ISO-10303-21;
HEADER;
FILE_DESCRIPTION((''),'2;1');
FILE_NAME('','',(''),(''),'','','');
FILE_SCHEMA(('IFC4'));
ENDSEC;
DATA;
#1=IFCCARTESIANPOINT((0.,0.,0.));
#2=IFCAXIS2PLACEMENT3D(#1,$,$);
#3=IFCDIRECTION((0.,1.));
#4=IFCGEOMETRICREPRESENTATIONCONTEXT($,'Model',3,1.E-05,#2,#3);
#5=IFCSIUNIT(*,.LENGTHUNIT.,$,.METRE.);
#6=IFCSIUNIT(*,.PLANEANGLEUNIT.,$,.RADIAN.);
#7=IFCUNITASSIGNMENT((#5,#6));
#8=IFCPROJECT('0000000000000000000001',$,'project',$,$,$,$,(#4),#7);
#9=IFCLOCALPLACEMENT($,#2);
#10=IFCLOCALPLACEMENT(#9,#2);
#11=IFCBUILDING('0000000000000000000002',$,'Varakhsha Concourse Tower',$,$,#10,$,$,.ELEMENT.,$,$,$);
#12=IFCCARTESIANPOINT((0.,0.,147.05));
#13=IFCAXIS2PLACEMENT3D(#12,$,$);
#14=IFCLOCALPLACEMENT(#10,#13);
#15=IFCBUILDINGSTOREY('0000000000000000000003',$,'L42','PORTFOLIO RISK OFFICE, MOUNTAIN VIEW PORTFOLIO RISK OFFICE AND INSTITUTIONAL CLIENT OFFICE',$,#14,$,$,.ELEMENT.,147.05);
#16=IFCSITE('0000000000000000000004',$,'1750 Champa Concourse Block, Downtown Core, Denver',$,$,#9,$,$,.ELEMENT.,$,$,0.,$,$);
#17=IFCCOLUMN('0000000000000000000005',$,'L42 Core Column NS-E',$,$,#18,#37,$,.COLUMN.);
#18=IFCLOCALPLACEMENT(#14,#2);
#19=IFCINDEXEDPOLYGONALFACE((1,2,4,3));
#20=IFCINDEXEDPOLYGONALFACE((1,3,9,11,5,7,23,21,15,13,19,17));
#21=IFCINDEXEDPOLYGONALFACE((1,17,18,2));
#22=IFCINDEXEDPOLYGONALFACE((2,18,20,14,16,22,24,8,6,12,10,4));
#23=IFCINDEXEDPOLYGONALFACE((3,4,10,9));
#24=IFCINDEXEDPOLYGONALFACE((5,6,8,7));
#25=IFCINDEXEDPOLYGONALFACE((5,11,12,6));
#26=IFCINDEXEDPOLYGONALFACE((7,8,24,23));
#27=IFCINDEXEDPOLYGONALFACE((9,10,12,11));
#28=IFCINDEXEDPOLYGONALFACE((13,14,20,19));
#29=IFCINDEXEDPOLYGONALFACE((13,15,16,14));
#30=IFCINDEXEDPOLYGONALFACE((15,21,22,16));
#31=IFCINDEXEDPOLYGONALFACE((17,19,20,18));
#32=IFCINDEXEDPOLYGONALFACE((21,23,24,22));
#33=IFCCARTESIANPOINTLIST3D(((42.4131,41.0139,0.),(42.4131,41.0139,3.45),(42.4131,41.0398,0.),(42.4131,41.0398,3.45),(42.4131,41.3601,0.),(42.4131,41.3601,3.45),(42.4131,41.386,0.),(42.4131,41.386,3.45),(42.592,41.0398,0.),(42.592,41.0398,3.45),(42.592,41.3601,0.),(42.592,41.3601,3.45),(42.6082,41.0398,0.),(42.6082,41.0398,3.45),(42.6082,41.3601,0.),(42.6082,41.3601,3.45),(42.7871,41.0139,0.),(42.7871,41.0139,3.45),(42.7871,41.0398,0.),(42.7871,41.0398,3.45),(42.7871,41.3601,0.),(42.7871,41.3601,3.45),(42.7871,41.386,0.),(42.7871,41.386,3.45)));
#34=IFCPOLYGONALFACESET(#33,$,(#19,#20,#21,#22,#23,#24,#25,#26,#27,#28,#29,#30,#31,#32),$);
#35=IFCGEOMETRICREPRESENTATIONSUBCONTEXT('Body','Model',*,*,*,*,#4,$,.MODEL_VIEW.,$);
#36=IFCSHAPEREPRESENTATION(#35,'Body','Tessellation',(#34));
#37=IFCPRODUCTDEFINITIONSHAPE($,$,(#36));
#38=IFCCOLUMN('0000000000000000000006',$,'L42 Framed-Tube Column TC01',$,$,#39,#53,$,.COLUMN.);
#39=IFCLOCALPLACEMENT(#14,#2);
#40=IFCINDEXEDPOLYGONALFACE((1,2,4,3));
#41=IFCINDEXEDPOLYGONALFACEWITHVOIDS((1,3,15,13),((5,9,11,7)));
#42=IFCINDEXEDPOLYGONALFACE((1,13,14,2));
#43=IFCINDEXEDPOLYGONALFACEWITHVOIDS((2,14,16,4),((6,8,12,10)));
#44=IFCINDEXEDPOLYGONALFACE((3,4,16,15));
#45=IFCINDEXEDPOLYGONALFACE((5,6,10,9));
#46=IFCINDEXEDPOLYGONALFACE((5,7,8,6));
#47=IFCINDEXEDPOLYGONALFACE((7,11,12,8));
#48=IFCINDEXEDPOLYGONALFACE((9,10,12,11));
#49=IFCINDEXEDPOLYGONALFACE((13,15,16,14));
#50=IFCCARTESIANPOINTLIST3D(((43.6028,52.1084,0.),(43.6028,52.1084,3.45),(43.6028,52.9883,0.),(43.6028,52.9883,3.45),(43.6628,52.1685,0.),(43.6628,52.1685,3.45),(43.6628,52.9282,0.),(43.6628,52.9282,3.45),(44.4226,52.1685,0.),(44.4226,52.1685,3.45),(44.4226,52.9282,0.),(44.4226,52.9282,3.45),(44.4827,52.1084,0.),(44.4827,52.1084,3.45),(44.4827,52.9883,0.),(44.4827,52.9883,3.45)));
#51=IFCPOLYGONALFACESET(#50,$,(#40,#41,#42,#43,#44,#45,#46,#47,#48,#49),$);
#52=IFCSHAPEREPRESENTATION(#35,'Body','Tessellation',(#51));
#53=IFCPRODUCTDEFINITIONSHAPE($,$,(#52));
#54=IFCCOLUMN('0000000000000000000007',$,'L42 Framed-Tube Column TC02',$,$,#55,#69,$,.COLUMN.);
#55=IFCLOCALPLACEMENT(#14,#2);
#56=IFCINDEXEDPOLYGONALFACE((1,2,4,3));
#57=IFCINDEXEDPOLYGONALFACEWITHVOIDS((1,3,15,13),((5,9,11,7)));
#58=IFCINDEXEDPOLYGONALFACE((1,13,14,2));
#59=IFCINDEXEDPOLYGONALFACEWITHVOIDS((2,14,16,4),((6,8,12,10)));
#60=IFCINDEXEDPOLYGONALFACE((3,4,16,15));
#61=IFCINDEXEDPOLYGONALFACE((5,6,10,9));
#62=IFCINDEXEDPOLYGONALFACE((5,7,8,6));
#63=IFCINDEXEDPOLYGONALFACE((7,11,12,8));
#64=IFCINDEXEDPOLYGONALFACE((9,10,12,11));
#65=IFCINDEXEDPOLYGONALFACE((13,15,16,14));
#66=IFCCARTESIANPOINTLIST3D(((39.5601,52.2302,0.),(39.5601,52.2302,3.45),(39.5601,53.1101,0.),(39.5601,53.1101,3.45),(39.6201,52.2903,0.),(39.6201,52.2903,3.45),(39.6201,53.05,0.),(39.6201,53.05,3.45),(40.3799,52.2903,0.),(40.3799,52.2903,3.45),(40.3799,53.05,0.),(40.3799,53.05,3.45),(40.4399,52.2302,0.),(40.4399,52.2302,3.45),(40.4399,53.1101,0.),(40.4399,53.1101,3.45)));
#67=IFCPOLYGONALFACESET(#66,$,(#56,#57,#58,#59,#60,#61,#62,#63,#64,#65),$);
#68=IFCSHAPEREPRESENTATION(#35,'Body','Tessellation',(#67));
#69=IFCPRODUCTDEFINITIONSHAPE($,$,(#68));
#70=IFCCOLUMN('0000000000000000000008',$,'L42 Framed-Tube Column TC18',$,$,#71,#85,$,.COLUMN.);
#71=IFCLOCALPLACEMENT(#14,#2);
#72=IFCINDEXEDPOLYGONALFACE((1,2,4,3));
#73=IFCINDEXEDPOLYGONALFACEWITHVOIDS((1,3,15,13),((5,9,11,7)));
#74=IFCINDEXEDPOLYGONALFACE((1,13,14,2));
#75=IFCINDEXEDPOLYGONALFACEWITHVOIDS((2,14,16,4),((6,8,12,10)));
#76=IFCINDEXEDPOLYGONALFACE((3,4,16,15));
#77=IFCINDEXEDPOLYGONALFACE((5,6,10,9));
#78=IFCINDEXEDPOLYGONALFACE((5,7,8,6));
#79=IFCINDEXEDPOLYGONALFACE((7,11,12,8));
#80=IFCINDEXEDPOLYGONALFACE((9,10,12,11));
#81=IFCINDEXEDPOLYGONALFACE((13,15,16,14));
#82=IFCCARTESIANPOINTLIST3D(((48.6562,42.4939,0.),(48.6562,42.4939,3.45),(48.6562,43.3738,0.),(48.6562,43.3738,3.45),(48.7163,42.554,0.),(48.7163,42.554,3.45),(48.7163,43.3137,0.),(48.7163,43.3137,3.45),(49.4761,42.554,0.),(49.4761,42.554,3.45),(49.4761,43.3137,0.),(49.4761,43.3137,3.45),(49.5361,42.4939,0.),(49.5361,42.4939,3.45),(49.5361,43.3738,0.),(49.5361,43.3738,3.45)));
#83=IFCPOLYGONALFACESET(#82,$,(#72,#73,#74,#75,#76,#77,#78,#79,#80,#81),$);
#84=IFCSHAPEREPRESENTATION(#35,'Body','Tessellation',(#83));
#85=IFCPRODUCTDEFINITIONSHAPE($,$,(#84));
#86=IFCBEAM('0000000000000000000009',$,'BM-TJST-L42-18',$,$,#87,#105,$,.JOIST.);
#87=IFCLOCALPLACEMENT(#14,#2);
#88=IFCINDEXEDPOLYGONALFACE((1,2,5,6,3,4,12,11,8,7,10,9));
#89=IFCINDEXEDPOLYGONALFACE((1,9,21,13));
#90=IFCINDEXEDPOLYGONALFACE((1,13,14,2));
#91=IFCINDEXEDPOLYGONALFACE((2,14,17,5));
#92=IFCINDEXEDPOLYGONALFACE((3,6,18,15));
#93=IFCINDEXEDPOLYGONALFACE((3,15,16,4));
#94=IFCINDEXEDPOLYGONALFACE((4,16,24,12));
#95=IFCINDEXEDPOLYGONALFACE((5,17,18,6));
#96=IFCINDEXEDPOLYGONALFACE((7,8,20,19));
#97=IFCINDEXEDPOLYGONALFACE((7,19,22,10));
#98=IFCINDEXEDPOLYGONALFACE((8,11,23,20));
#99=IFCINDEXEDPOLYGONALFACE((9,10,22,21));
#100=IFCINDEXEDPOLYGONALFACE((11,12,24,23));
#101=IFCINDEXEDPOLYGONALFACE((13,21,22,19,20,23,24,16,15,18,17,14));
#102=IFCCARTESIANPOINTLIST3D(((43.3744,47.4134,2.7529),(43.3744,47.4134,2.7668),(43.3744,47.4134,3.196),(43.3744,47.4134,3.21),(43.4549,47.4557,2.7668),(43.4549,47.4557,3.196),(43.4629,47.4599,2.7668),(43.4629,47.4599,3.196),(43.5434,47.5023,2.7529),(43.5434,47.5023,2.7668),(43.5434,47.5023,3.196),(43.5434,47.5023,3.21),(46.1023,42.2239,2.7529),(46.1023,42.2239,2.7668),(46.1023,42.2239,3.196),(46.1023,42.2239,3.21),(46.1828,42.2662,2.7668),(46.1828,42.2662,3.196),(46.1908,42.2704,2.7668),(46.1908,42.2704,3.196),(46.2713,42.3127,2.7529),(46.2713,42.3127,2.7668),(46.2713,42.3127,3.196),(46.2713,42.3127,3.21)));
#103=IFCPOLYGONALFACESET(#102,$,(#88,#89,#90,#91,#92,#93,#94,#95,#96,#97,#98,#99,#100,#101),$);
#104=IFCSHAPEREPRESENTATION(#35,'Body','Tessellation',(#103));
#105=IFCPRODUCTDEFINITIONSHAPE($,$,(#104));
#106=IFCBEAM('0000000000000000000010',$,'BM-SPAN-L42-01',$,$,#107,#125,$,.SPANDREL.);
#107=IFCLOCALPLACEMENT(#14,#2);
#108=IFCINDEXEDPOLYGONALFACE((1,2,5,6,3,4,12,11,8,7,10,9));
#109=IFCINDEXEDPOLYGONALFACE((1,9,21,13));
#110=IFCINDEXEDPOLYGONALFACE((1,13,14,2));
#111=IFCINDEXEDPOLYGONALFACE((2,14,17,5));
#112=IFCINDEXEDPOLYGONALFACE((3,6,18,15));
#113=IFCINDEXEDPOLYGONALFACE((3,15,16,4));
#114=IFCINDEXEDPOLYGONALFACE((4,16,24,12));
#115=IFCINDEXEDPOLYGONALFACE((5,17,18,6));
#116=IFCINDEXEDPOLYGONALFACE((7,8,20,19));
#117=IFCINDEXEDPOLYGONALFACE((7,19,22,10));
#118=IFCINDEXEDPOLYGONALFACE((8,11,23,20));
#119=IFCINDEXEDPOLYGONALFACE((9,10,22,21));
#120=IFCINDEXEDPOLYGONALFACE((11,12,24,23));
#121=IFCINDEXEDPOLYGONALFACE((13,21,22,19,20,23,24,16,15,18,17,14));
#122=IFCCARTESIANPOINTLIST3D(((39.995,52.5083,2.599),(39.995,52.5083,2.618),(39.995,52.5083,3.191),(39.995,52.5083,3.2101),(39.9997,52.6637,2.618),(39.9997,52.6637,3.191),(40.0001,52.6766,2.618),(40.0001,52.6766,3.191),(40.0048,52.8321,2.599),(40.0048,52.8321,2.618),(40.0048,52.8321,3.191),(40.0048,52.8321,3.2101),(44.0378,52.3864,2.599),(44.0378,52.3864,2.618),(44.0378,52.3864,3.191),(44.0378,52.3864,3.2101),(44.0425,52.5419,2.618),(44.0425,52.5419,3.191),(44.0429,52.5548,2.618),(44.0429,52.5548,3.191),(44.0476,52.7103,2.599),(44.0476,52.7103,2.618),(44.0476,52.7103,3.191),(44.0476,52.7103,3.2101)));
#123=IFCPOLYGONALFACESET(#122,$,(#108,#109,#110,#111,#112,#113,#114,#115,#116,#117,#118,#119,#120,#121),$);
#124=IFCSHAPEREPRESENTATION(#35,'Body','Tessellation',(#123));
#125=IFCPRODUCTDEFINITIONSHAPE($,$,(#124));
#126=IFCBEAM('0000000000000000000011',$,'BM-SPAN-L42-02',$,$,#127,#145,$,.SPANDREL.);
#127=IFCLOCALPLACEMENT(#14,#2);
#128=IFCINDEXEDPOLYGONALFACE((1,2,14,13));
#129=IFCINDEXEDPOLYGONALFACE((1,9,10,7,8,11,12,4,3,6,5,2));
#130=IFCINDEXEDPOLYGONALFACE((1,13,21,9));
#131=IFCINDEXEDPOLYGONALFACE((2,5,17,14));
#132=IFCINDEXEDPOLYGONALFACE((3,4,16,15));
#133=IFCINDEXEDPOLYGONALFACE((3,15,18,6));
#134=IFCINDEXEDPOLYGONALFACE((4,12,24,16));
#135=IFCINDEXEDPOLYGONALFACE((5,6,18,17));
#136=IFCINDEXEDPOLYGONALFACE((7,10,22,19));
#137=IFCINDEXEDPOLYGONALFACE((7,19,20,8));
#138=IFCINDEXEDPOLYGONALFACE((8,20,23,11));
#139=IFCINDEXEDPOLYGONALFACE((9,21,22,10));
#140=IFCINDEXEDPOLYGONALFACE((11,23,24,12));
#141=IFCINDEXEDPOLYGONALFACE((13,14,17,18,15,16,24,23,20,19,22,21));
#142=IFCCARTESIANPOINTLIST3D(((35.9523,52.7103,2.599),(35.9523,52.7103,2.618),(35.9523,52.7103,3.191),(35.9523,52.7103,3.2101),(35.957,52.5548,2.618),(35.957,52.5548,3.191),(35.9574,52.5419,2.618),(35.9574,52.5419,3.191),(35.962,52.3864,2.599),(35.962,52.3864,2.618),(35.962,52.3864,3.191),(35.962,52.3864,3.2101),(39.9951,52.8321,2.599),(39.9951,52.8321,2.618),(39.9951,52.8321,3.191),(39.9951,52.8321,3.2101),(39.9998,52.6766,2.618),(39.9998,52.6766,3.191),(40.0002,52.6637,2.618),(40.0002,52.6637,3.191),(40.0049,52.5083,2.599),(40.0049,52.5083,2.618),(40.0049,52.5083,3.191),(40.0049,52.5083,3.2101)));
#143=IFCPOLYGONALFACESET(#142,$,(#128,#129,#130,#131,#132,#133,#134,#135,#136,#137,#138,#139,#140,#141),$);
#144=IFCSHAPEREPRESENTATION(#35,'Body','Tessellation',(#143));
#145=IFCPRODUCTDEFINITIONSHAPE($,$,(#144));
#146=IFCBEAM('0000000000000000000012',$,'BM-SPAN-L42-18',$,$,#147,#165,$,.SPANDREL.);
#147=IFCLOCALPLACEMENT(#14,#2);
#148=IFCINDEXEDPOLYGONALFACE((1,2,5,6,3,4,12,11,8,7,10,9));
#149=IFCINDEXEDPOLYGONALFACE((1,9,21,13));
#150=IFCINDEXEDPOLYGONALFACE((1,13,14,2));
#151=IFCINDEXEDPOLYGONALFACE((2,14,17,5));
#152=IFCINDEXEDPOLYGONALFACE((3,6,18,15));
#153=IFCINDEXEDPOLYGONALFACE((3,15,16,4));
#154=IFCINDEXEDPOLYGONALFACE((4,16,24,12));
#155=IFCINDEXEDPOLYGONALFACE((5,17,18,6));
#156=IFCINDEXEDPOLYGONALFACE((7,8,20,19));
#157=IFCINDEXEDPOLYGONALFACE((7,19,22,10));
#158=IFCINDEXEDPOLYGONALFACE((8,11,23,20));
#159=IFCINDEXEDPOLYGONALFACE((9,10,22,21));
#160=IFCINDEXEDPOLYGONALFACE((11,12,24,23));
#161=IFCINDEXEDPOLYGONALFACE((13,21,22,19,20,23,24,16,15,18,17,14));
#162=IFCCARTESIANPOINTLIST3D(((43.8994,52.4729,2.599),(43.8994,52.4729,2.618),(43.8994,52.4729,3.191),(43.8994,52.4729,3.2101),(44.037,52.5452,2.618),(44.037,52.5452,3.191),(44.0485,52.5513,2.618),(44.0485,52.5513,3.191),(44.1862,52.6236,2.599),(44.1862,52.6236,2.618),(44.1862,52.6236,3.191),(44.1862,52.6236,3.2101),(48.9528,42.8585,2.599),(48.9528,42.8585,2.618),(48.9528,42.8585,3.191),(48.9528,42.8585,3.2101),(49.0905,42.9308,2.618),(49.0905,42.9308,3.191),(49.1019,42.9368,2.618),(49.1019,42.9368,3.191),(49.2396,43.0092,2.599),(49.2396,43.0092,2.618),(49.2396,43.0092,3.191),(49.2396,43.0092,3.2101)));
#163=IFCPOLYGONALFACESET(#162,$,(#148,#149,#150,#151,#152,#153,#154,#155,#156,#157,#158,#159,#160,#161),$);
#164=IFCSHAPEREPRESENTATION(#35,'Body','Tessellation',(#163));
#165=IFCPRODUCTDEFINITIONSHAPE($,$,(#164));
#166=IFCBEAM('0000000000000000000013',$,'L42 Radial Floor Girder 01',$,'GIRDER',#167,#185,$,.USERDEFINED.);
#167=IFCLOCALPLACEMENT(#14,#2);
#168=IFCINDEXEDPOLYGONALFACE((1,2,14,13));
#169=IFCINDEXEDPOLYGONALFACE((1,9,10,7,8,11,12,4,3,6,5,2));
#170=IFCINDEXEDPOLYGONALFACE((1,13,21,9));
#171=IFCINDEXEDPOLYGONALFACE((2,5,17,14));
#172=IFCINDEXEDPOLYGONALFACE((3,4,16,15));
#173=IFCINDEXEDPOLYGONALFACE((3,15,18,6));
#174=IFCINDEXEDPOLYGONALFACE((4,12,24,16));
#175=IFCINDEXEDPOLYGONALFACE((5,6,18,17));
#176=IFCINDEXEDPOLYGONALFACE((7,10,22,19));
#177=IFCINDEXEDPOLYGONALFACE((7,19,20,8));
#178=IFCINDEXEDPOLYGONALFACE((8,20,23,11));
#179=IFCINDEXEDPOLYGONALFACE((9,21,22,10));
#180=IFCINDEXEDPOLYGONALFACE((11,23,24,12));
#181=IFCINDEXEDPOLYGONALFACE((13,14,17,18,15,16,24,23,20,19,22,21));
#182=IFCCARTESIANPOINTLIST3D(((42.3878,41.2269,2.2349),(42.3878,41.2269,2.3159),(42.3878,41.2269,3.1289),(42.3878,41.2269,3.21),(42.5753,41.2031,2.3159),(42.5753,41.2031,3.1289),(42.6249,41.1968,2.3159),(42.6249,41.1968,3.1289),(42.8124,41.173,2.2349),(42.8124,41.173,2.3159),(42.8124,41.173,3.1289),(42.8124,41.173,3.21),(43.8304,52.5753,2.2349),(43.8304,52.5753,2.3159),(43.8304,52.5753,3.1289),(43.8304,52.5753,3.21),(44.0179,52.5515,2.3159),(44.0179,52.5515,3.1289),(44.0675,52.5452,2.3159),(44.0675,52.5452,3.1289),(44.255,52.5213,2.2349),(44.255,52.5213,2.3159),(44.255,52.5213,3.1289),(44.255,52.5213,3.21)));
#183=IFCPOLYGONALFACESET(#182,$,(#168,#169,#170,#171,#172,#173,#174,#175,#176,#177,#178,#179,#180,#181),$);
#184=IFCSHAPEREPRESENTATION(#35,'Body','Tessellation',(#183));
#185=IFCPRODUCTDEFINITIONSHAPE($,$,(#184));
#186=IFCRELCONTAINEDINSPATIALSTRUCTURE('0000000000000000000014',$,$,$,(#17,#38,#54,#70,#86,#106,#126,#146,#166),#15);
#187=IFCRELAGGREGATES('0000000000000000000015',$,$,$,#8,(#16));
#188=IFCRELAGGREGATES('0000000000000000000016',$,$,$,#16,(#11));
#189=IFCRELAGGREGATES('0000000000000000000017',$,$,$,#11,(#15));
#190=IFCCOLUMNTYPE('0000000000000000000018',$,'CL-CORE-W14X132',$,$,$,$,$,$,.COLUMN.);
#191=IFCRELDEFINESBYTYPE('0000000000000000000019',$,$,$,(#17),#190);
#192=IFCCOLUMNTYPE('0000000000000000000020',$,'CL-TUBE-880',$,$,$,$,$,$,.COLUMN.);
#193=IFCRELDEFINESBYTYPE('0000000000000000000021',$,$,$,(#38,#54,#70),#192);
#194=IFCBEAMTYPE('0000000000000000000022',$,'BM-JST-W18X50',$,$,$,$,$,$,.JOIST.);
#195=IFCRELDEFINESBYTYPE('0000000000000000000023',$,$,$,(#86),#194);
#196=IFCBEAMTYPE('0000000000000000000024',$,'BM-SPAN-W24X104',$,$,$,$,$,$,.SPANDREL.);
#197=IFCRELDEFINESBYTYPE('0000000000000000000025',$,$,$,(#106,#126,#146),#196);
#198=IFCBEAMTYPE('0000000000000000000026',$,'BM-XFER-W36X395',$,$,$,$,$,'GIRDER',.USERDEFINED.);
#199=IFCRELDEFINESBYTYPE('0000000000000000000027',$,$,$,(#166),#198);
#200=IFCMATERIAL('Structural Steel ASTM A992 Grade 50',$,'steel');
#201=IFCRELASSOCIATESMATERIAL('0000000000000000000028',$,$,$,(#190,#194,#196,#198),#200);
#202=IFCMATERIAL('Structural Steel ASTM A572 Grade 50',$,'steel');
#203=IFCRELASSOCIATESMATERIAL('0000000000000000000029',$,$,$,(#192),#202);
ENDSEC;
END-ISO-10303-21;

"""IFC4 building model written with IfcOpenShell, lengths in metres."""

from ifc_helpers import new_model, si_unit, direction, frame, origin, origin_2d, place, context, subcontext, project, spatial, hollow_rectangle, i_section, extrude, material, material_profile, profile_set, type_object, element, save


model = new_model("IFC4")

# Units and contexts
model_context = context("Model", 3, precision=1e-05, world=origin(), true_north=direction((0.0, 1.0)))
body_context = subcontext(model_context, "Body", "Model", "MODEL_VIEW")
ifc_project = project(units=[si_unit("LENGTHUNIT", "METRE"), si_unit("PLANEANGLEUNIT", "RADIAN")], contexts=[model_context])

# Site, building, storey
site_placement = place(None, origin())
site = spatial("IfcSite", under=ifc_project, at=site_placement, Name="1750 Champa Concourse Block, Downtown Core, Denver", CompositionType="ELEMENT", RefElevation=0.0)
building_placement = place(site_placement, origin())
building = spatial("IfcBuilding", under=site, at=building_placement, Name="Varakhsha Concourse Tower", CompositionType="ELEMENT")
storey_placement = place(building_placement, frame((0.0, 0.0, 147.05)))
storey = spatial("IfcBuildingStorey", under=building, at=storey_placement, Name="L42", Description="PORTFOLIO RISK OFFICE, MOUNTAIN VIEW PORTFOLIO RISK OFFICE AND INSTITUTIONAL CLIENT OFFICE", CompositionType="ELEMENT", Elevation=147.05)

# Columns
ifc_material_1 = material(Name="Structural Steel ASTM A992 Grade 50", Category="steel")
ifc_material_profile_1 = material_profile(ifc_material_1, i_section(OverallWidth=0.374, OverallDepth=0.3721, WebThickness=0.0161, FlangeThickness=0.0259, at=origin_2d()), Name="W14X132")
ifc_profile_set_1 = profile_set([ifc_material_profile_1], Name="Structural Steel ASTM A992 Grade 50")
column_type_1 = type_object("IfcColumnType", Name="CL-CORE-W14X132", PredefinedType="COLUMN", material=ifc_profile_set_1)
column_placement = place(storey_placement, frame((42.6001, 41.2, 0.0), z_axis=(0.0, 0.0, 1.0), x_axis=(1.0, 0.0, 0.0)))
element("IfcColumn", 1, at=column_placement, inside=storey, type_object=column_type_1, Name="L42 Core Column NS-E", PredefinedType="COLUMN", context=body_context, shape_type="SweptSolid", body=[
    extrude(i_section(OverallWidth=0.374, OverallDepth=0.3721, WebThickness=0.0161, FlangeThickness=0.0259, at=origin_2d()), origin(), (0.0, 0.0, 1.0), 3.45),
])
ifc_material_2 = material(Name="Structural Steel ASTM A572 Grade 50", Category="steel")
ifc_material_profile_2 = material_profile(ifc_material_2, hollow_rectangle(XDim=0.8799, YDim=0.8799, WallThickness=0.0601, at=origin_2d()), Name="BOX 880x880x60")
ifc_profile_set_2 = profile_set([ifc_material_profile_2], Name="Structural Steel ASTM A572 Grade 50")
column_type_2 = type_object("IfcColumnType", Name="CL-TUBE-880", PredefinedType="COLUMN", material=ifc_profile_set_2)
for number, where, z_axis, x_axis, name in (
    (2, (44.0427, 52.5483, 0.0), (0.0, 0.0, 1.0), (1.0, 0.0, 0.0), "L42 Framed-Tube Column TC01"),
    (3, (40.0, 52.6702, 0.0), (0.0, 0.0, 1.0), (1.0, 0.0, 0.0), "L42 Framed-Tube Column TC02"),
    (4, (49.0962, 42.9338, 0.0), (0.0, 0.0, 1.0), (1.0, 0.0, 0.0), "L42 Framed-Tube Column TC18"),
):
    element("IfcColumn", number, at=place(storey_placement, frame(where, z_axis=z_axis, x_axis=x_axis)), inside=storey, type_object=column_type_2, Name=name, PredefinedType="COLUMN", context=body_context, shape_type="SweptSolid", body=[
        extrude(hollow_rectangle(XDim=0.8799, YDim=0.8799, WallThickness=0.0601, at=origin_2d()), origin(), (0.0, 0.0, 1.0), 3.45),
    ])

# Beams
ifc_material_profile_3 = material_profile(ifc_material_1, i_section(OverallWidth=0.1909, OverallDepth=0.457, WebThickness=0.009, FlangeThickness=0.0139, at=origin_2d()), Name="W18X50")
ifc_profile_set_3 = profile_set([ifc_material_profile_3], Name="Structural Steel ASTM A992 Grade 50")
beam_type_1 = type_object("IfcBeamType", Name="BM-JST-W18X50", PredefinedType="JOIST", material=ifc_profile_set_3)
beam_1_placement = place(storey_placement, frame((46.1868, 42.2683, 2.9814), z_axis=(-0.465278, 0.885165, 0.0), x_axis=(-0.885165, -0.465278, 0.0)))
element("IfcBeam", 5, at=beam_1_placement, inside=storey, type_object=beam_type_1, Name="BM-TJST-L42-18", PredefinedType="JOIST", context=body_context, shape_type="SweptSolid", body=[
    extrude(i_section(OverallWidth=0.1909, OverallDepth=0.457, WebThickness=0.009, FlangeThickness=0.0139, at=origin_2d()), origin(), (0.0, 0.0, 1.0), 5.8628),
])
ifc_material_profile_4 = material_profile(ifc_material_1, i_section(OverallWidth=0.324, OverallDepth=0.6111, WebThickness=0.0129, FlangeThickness=0.019, at=origin_2d()), Name="W24X104")
ifc_profile_set_4 = profile_set([ifc_material_profile_4], Name="Structural Steel ASTM A992 Grade 50")
beam_type_2 = type_object("IfcBeamType", Name="BM-SPAN-W24X104", PredefinedType="SPANDREL", material=ifc_profile_set_4)
for number, where, z_axis, x_axis, name in (
    (6, (44.0427, 52.5483, 2.9045), (-0.999546, 0.030121, 0.0), (-0.030121, -0.999546, 0.0), "BM-SPAN-L42-01"),
    (7, (40.0, 52.6702, 2.9045), (-0.999546, -0.030121, 0.0), (0.030121, -0.999546, 0.0), "BM-SPAN-L42-02"),
):
    element("IfcBeam", number, at=place(storey_placement, frame(where, z_axis=z_axis, x_axis=x_axis)), inside=storey, type_object=beam_type_2, Name=name, PredefinedType="SPANDREL", context=body_context, shape_type="SweptSolid", body=[
        extrude(i_section(OverallWidth=0.324, OverallDepth=0.6111, WebThickness=0.0129, FlangeThickness=0.019, at=origin_2d()), origin(), (0.0, 0.0, 1.0), 4.0447),
    ])
beam_2_placement = place(storey_placement, frame((49.0962, 42.9338, 2.9045), z_axis=(-0.465256, 0.885176, 0.0), x_axis=(-0.885176, -0.465256, 0.0)))
element("IfcBeam", 8, at=beam_2_placement, inside=storey, type_object=beam_type_2, Name="BM-SPAN-L42-18", PredefinedType="SPANDREL", context=body_context, shape_type="SweptSolid", body=[
    extrude(i_section(OverallWidth=0.324, OverallDepth=0.6111, WebThickness=0.0129, FlangeThickness=0.019, at=origin_2d()), origin(), (0.0, 0.0, 1.0), 10.8616),
])
ifc_material_profile_5 = material_profile(ifc_material_1, i_section(OverallWidth=0.428, OverallDepth=0.9751, WebThickness=0.05, FlangeThickness=0.0811, at=origin_2d()), Name="W36X395")
ifc_profile_set_5 = profile_set([ifc_material_profile_5], Name="Structural Steel ASTM A992 Grade 50")
beam_type_3 = type_object("IfcBeamType", Name="BM-XFER-W36X395", ElementType="GIRDER", PredefinedType="USERDEFINED", material=ifc_profile_set_5)
beam_3_placement = place(storey_placement, frame((42.6001, 41.2, 2.7224), z_axis=(0.126107, 0.992017, 0.0), x_axis=(-0.992017, 0.126107, 0.0)))
element("IfcBeam", 9, at=beam_3_placement, inside=storey, type_object=beam_type_3, Name="L42 Radial Floor Girder 01", ObjectType="GIRDER", PredefinedType="USERDEFINED", context=body_context, shape_type="SweptSolid", body=[
    extrude(i_section(OverallWidth=0.428, OverallDepth=0.9751, WebThickness=0.05, FlangeThickness=0.0811, at=origin_2d()), origin(), (0.0, 0.0, 1.0), 11.4397),
])

save(model, "model.ifc")
